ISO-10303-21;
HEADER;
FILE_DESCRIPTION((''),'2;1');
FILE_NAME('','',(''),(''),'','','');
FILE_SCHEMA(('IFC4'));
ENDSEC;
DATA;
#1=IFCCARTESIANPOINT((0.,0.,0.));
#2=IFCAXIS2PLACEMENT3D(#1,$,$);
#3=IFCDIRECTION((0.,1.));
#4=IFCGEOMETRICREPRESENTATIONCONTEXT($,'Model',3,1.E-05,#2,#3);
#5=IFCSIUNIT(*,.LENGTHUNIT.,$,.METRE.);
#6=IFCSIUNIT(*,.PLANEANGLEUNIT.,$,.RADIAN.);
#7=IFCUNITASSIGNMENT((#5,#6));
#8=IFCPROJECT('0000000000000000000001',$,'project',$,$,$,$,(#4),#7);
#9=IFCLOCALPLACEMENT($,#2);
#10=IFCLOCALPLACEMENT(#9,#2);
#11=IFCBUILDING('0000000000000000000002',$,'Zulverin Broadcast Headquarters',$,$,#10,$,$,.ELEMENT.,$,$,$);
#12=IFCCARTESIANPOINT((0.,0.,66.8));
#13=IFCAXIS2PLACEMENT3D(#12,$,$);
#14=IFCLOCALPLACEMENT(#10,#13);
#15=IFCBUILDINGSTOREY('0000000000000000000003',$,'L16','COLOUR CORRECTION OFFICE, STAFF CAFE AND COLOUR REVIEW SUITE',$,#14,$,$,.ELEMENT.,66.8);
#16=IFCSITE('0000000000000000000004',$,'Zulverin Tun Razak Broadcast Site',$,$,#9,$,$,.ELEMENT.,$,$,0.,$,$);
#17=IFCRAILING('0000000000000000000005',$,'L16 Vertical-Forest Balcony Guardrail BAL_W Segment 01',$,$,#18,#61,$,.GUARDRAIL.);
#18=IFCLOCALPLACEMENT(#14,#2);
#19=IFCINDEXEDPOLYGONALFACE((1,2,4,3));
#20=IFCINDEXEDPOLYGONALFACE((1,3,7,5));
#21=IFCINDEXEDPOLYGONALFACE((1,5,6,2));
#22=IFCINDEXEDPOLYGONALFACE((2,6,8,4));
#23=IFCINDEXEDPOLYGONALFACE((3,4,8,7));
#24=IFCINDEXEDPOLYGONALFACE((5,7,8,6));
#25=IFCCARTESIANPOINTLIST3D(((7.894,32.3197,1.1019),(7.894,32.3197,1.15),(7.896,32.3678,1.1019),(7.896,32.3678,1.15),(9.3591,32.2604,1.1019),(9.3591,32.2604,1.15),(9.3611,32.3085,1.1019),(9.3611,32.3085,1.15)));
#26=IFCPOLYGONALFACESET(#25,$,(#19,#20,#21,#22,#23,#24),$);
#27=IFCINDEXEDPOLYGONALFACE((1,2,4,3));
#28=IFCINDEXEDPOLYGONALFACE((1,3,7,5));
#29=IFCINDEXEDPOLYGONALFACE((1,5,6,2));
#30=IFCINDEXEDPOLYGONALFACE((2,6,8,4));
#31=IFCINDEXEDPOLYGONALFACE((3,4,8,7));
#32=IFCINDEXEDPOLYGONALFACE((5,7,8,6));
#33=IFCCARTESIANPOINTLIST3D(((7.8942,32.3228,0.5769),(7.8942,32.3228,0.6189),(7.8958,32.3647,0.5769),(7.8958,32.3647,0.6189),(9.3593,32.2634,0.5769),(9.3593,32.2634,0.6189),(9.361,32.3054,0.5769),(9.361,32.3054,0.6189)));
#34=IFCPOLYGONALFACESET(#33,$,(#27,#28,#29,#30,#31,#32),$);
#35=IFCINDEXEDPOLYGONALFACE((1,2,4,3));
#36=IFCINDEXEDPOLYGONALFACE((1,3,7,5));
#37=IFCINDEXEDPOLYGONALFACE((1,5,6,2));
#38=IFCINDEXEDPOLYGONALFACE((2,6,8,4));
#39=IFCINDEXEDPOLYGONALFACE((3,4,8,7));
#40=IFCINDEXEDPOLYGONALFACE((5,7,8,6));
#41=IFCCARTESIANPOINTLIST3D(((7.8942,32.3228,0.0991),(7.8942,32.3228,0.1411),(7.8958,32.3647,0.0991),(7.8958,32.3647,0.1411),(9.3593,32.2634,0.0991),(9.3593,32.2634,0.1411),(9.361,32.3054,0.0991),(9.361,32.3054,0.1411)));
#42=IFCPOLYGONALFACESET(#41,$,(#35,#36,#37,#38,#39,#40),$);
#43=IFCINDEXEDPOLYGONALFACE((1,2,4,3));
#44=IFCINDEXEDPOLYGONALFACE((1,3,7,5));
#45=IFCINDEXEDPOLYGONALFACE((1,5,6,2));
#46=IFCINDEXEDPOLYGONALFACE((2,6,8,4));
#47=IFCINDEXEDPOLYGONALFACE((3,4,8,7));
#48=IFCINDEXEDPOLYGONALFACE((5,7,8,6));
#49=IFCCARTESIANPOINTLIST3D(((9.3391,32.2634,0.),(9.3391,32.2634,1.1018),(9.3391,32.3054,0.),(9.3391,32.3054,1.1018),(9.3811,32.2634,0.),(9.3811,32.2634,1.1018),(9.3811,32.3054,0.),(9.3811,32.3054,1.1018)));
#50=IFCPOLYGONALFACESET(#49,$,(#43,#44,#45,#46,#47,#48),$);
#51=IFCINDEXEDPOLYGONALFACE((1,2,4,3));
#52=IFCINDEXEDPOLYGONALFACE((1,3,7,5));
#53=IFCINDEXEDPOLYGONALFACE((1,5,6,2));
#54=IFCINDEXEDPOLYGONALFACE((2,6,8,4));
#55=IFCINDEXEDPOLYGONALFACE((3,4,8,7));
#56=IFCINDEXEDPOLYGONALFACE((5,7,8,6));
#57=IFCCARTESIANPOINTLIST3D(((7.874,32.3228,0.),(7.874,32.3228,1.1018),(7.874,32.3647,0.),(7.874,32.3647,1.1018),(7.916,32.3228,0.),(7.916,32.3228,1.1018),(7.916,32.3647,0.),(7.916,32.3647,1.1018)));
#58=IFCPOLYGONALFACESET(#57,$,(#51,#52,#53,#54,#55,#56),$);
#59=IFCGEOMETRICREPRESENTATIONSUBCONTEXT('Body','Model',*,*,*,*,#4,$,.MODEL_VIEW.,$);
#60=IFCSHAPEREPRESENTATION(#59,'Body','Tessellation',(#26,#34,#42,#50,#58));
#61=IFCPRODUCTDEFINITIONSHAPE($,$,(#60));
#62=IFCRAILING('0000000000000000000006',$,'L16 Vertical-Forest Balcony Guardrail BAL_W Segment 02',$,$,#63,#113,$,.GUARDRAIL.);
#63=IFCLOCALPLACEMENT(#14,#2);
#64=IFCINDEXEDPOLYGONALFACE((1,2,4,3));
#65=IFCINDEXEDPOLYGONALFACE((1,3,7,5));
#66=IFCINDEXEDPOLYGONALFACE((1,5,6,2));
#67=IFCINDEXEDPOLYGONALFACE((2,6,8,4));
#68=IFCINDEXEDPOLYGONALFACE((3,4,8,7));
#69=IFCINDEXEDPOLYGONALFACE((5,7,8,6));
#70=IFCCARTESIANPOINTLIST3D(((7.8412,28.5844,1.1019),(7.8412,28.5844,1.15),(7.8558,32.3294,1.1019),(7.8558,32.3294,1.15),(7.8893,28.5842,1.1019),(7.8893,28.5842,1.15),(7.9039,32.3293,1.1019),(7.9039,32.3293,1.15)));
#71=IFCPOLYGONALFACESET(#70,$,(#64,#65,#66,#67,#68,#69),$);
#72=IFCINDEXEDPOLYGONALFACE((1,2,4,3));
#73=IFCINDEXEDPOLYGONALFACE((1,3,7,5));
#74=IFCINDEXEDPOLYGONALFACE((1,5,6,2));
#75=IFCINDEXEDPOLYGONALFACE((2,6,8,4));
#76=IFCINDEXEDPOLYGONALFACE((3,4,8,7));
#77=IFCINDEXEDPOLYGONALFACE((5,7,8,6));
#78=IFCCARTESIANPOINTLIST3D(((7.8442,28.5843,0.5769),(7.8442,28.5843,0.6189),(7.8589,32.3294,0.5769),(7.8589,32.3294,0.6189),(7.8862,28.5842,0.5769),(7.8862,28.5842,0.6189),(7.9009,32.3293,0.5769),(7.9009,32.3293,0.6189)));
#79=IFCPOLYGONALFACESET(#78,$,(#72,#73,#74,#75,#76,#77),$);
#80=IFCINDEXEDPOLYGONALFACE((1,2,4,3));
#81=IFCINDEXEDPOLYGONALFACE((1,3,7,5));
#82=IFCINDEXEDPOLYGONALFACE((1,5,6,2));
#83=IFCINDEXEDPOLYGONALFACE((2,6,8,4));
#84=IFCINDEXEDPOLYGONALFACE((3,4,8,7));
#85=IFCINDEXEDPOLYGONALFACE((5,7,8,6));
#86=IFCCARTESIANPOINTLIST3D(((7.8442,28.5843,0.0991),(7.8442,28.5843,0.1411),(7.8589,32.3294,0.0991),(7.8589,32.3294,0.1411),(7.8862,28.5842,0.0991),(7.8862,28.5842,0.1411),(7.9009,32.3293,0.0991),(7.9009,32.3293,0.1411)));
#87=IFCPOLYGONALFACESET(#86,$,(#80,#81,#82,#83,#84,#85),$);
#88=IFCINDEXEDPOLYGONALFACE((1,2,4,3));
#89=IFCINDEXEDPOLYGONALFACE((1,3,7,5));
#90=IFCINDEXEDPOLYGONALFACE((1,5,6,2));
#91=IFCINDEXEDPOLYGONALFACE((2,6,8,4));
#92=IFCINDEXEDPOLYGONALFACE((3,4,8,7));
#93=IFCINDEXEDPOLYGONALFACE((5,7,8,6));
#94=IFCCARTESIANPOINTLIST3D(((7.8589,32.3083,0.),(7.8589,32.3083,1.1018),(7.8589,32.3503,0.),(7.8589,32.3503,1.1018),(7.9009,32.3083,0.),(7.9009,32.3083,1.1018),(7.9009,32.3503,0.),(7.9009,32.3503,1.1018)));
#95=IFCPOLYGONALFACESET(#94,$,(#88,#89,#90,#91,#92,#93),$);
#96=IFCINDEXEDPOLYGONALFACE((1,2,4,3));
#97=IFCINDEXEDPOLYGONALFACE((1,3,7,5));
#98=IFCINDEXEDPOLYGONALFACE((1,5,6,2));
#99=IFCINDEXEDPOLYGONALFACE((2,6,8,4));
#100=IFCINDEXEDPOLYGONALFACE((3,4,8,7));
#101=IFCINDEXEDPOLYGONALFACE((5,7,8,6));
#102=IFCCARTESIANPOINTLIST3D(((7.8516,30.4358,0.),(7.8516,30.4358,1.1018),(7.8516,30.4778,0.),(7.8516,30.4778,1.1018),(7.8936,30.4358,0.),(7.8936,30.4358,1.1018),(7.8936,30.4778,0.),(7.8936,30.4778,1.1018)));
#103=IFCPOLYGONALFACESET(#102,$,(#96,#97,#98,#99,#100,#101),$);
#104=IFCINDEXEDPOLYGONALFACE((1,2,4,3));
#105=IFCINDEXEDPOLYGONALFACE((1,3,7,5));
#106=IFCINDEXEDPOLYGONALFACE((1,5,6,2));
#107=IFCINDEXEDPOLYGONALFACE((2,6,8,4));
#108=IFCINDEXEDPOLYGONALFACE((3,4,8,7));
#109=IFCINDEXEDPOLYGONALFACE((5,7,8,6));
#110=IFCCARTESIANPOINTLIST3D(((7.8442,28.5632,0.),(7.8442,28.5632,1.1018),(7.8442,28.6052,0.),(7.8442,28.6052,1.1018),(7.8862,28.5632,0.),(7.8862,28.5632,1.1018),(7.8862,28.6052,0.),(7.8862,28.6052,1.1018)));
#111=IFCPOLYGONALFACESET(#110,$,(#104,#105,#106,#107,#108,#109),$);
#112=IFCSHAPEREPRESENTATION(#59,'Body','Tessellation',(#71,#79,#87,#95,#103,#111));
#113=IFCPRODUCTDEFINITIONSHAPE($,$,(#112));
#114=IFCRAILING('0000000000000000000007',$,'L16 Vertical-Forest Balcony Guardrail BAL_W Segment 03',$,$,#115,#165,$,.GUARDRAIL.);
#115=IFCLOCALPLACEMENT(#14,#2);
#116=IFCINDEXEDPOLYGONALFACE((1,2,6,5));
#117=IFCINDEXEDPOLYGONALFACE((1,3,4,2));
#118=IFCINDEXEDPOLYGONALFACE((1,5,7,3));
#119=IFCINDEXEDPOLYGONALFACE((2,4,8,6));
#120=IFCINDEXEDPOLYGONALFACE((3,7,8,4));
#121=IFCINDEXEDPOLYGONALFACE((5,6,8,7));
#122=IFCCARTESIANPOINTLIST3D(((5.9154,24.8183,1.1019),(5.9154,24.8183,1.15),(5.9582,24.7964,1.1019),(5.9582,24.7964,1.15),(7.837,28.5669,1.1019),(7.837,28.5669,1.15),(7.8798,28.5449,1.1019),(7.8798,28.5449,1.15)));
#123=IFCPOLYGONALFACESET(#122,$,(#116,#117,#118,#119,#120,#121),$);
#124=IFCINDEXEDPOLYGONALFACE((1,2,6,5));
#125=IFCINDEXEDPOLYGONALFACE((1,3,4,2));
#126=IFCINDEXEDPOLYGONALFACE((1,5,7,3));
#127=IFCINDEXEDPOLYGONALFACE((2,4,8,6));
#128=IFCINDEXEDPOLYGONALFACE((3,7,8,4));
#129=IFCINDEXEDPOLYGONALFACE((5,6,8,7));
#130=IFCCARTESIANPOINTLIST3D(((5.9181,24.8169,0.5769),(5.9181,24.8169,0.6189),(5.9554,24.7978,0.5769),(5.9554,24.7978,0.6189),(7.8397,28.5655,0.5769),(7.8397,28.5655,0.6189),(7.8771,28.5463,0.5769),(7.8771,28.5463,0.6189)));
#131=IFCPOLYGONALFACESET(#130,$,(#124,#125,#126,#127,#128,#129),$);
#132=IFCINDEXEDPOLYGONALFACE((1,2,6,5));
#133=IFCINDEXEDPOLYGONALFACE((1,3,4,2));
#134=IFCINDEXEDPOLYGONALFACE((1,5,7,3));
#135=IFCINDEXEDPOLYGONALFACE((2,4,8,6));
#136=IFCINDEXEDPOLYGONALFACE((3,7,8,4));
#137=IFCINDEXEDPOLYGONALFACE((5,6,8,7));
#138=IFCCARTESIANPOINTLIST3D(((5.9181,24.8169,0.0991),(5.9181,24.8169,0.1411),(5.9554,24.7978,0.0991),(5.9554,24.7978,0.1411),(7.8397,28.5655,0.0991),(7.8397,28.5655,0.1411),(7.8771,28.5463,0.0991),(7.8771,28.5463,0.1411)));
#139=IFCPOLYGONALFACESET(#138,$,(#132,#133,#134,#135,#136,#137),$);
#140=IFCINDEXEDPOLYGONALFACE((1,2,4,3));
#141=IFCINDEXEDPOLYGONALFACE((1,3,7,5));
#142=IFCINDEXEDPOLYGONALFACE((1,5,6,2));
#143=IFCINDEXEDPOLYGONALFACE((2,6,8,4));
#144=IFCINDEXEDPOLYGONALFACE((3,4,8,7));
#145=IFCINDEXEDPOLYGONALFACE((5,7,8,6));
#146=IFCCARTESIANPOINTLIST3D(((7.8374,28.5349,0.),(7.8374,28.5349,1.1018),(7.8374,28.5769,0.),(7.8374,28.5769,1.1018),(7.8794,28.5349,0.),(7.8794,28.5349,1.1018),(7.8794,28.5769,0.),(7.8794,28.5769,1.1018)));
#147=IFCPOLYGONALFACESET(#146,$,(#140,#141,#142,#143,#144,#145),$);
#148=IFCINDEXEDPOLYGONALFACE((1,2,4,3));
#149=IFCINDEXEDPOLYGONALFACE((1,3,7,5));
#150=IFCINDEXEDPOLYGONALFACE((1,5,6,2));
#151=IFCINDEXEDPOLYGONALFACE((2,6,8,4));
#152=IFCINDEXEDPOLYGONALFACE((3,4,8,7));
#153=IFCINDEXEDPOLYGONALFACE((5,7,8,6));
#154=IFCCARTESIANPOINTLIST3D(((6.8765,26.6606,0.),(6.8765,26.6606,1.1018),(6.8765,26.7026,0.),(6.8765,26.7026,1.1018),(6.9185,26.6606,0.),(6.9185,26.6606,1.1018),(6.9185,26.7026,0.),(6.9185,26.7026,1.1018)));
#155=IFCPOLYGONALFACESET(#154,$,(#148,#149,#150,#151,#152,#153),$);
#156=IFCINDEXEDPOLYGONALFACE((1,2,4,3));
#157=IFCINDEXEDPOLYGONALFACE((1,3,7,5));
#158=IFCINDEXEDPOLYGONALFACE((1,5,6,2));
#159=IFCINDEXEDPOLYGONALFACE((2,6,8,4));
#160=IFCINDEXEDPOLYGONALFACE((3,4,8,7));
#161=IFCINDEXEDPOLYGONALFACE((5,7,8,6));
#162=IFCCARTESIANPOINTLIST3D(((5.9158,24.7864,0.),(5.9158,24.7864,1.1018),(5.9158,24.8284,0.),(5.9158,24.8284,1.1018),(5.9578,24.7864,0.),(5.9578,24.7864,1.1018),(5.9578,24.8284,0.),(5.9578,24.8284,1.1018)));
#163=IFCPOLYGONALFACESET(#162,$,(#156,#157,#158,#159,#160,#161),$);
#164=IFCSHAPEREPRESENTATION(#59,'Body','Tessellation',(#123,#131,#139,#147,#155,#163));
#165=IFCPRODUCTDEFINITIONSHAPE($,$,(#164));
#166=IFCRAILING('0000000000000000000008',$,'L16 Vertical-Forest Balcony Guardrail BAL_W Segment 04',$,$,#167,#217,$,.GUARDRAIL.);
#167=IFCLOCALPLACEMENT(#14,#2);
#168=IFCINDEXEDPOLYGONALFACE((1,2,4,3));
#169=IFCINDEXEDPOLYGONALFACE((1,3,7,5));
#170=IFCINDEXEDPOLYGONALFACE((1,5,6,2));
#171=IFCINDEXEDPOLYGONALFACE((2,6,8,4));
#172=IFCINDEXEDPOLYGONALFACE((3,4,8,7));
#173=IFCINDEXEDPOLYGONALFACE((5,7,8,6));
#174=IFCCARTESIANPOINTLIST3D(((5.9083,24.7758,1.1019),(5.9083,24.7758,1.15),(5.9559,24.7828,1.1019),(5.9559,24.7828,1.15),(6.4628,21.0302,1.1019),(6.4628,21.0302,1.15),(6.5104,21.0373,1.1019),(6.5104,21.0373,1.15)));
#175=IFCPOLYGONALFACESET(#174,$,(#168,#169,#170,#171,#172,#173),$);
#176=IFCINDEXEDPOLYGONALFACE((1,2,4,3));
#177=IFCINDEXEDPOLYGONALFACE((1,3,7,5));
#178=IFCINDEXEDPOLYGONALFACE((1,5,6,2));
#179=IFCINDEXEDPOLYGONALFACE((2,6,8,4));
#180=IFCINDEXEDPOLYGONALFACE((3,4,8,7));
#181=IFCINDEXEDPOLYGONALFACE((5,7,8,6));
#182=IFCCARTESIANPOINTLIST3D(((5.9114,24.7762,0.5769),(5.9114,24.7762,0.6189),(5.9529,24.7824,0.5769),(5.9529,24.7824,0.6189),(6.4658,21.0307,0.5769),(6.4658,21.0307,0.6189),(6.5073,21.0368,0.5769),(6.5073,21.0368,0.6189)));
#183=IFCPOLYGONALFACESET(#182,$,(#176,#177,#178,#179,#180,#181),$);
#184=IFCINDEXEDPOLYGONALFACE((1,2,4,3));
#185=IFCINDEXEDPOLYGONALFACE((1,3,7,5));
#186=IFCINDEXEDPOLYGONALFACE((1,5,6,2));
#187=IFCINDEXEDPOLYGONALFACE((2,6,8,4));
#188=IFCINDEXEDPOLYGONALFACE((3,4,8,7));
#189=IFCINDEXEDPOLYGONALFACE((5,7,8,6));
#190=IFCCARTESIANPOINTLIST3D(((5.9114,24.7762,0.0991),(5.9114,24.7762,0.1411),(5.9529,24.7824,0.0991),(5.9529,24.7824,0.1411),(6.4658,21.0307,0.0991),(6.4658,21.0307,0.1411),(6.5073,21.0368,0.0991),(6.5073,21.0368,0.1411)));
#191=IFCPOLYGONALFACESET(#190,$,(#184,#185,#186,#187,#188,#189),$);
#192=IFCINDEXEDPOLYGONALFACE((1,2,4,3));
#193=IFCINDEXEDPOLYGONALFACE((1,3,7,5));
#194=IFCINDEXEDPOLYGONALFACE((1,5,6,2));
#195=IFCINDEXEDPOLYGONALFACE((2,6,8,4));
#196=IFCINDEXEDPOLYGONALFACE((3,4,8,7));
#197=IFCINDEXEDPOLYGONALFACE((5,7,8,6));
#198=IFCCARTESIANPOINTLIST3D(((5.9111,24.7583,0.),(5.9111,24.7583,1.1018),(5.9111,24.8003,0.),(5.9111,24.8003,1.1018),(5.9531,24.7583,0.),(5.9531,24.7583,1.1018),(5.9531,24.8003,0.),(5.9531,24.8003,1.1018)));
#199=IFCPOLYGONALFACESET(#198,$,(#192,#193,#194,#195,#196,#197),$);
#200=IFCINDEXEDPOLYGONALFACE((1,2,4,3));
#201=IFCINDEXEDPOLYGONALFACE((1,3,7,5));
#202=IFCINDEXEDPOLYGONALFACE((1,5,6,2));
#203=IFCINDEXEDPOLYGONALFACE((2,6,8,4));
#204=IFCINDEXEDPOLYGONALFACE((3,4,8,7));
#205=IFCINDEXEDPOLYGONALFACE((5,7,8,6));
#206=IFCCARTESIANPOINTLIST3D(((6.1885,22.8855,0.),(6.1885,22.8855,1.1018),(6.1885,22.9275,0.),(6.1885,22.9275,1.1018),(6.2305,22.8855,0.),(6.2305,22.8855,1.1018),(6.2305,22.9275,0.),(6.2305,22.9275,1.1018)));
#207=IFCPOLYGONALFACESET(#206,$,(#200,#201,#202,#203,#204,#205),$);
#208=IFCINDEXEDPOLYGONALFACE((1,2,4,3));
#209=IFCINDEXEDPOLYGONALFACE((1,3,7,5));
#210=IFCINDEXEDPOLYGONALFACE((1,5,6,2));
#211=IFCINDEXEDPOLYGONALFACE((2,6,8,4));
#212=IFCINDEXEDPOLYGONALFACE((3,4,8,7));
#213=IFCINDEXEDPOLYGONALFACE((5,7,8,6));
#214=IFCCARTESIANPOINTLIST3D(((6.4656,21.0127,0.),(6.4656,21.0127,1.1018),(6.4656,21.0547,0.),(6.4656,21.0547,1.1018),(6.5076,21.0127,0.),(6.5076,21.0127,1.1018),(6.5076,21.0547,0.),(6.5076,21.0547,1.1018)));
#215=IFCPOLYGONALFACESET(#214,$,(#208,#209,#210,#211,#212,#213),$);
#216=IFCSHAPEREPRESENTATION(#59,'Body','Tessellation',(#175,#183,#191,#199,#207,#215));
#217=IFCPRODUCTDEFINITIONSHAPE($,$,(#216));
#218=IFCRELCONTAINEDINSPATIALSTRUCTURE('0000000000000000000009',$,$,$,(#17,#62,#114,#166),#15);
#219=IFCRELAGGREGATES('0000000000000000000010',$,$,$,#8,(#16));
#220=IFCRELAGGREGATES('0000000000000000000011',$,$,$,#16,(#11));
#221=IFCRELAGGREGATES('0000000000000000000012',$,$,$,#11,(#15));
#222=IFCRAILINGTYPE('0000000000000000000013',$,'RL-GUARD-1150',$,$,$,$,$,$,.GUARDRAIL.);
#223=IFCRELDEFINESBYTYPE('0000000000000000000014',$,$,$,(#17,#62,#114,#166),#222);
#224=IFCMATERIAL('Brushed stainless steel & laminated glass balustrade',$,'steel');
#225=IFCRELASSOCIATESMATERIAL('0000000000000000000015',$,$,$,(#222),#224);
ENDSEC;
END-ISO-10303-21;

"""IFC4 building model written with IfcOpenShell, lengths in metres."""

from ifc_helpers import new_model, si_unit, direction, frame, origin, origin_2d, place, context, subcontext, project, spatial, rectangle, extrude, material, type_object, element, save


model = new_model("IFC4")

# Units and contexts
model_context = context("Model", 3, precision=1e-05, world=origin(), true_north=direction((0.0, 1.0)))
body_context = subcontext(model_context, "Body", "Model", "MODEL_VIEW")
ifc_project = project(units=[si_unit("LENGTHUNIT", "METRE"), si_unit("PLANEANGLEUNIT", "RADIAN")], contexts=[model_context])

# Site, building, storey
site_placement = place(None, origin())
site = spatial("IfcSite", under=ifc_project, at=site_placement, Name="Zulverin Tun Razak Broadcast Site", CompositionType="ELEMENT", RefElevation=0.0)
building_placement = place(site_placement, origin())
building = spatial("IfcBuilding", under=site, at=building_placement, Name="Zulverin Broadcast Headquarters", CompositionType="ELEMENT")
storey_placement = place(building_placement, frame((0.0, 0.0, 66.8)))
storey = spatial("IfcBuildingStorey", under=building, at=storey_placement, Name="L16", Description="COLOUR CORRECTION OFFICE, STAFF CAFE AND COLOUR REVIEW SUITE", CompositionType="ELEMENT", Elevation=66.8)

# Railings
ifc_material_1 = material(Name="Brushed stainless steel & laminated glass balustrade", Category="steel")
railing_type = type_object("IfcRailingType", Name="RL-GUARD-1150", PredefinedType="GUARDRAIL", material=ifc_material_1)
railing_1_placement = place(storey_placement, frame((9.3601, 32.2844, 0.0)))
element("IfcRailing", 1, at=railing_1_placement, inside=storey, type_object=railing_type, Name="L16 Vertical-Forest Balcony Guardrail BAL_W Segment 01", PredefinedType="GUARDRAIL", context=body_context, shape_type="SweptSolid", body=[
    extrude(rectangle(XDim=0.0481, YDim=0.0481, at=origin_2d()), frame((0.0, 0.0, 1.126), z_axis=(-0.999181, 0.04046, 0.0), x_axis=(-0.04046, -0.999181, 0.0)), (0.0, 0.0, 1.0), 1.4663),
    extrude(rectangle(XDim=0.042, YDim=0.042, at=origin_2d()), frame((0.0, 0.0, 0.5979), z_axis=(-0.999181, 0.04046, 0.0), x_axis=(-0.04046, -0.999181, 0.0)), (0.0, 0.0, 1.0), 1.4663),
    extrude(rectangle(XDim=0.042, YDim=0.042, at=origin_2d()), frame((0.0, 0.0, 0.1201), z_axis=(-0.999181, 0.04046, 0.0), x_axis=(-0.04046, -0.999181, 0.0)), (0.0, 0.0, 1.0), 1.4663),
    extrude(rectangle(XDim=0.042, YDim=0.042, at=origin_2d()), origin(), (0.0, 0.0, 1.0), 1.1018),
    extrude(rectangle(XDim=0.042, YDim=0.042, at=origin_2d()), frame((-1.4651, 0.0593, 0.0)), (0.0, 0.0, 1.0), 1.1018),
])
railing_2_placement = place(storey_placement, frame((7.8799, 32.3293, 0.0)))
element("IfcRailing", 2, at=railing_2_placement, inside=storey, type_object=railing_type, Name="L16 Vertical-Forest Balcony Guardrail BAL_W Segment 02", PredefinedType="GUARDRAIL", context=body_context, shape_type="SweptSolid", body=[
    extrude(rectangle(XDim=0.0481, YDim=0.0481, at=origin_2d()), frame((0.0, 0.0, 1.126), z_axis=(-0.003911, -0.999992, 0.0), x_axis=(0.999992, -0.003911, 0.0)), (0.0, 0.0, 1.0), 3.7451),
    extrude(rectangle(XDim=0.042, YDim=0.042, at=origin_2d()), frame((0.0, 0.0, 0.5979), z_axis=(-0.003911, -0.999992, 0.0), x_axis=(0.999992, -0.003911, 0.0)), (0.0, 0.0, 1.0), 3.7451),
    extrude(rectangle(XDim=0.042, YDim=0.042, at=origin_2d()), frame((0.0, 0.0, 0.1201), z_axis=(-0.003911, -0.999992, 0.0), x_axis=(0.999992, -0.003911, 0.0)), (0.0, 0.0, 1.0), 3.7451),
    extrude(rectangle(XDim=0.042, YDim=0.042, at=origin_2d()), origin(), (0.0, 0.0, 1.0), 1.1018),
    extrude(rectangle(XDim=0.042, YDim=0.042, at=origin_2d()), frame((-0.0073, -1.8726, 0.0)), (0.0, 0.0, 1.0), 1.1018),
    extrude(rectangle(XDim=0.042, YDim=0.042, at=origin_2d()), frame((-0.0146, -3.7451, 0.0)), (0.0, 0.0, 1.0), 1.1018),
])
railing_3_placement = place(storey_placement, frame((7.8584, 28.5559, 0.0)))
element("IfcRailing", 3, at=railing_3_placement, inside=storey, type_object=railing_type, Name="L16 Vertical-Forest Balcony Guardrail BAL_W Segment 03", PredefinedType="GUARDRAIL", context=body_context, shape_type="SweptSolid", body=[
    extrude(rectangle(XDim=0.0481, YDim=0.0481, at=origin_2d()), frame((0.0, 0.0, 1.126), z_axis=(-0.456186, -0.889884, 0.0), x_axis=(0.889884, -0.456186, 0.0)), (0.0, 0.0, 1.0), 4.2124),
    extrude(rectangle(XDim=0.042, YDim=0.042, at=origin_2d()), frame((0.0, 0.0, 0.5979), z_axis=(-0.456186, -0.889884, 0.0), x_axis=(0.889884, -0.456186, 0.0)), (0.0, 0.0, 1.0), 4.2124),
    extrude(rectangle(XDim=0.042, YDim=0.042, at=origin_2d()), frame((0.0, 0.0, 0.1201), z_axis=(-0.456186, -0.889884, 0.0), x_axis=(0.889884, -0.456186, 0.0)), (0.0, 0.0, 1.0), 4.2124),
    extrude(rectangle(XDim=0.042, YDim=0.042, at=origin_2d()), origin(), (0.0, 0.0, 1.0), 1.1018),
    extrude(rectangle(XDim=0.042, YDim=0.042, at=origin_2d()), frame((-0.9609, -1.8743, 0.0)), (0.0, 0.0, 1.0), 1.1018),
    extrude(rectangle(XDim=0.042, YDim=0.042, at=origin_2d()), frame((-1.9216, -3.7485, 0.0)), (0.0, 0.0, 1.0), 1.1018),
])
railing_4_placement = place(storey_placement, frame((5.9321, 24.7793, 0.0)))
element("IfcRailing", 4, at=railing_4_placement, inside=storey, type_object=railing_type, Name="L16 Vertical-Forest Balcony Guardrail BAL_W Segment 04", PredefinedType="GUARDRAIL", context=body_context, shape_type="SweptSolid", body=[
    extrude(rectangle(XDim=0.0481, YDim=0.0481, at=origin_2d()), frame((0.0, 0.0, 1.126), z_axis=(0.146429, -0.989221, 0.0), x_axis=(0.989221, 0.146429, 0.0)), (0.0, 0.0, 1.0), 3.7864),
    extrude(rectangle(XDim=0.042, YDim=0.042, at=origin_2d()), frame((0.0, 0.0, 0.5979), z_axis=(0.146429, -0.989221, 0.0), x_axis=(0.989221, 0.146429, 0.0)), (0.0, 0.0, 1.0), 3.7864),
    extrude(rectangle(XDim=0.042, YDim=0.042, at=origin_2d()), frame((0.0, 0.0, 0.1201), z_axis=(0.146429, -0.989221, 0.0), x_axis=(0.989221, 0.146429, 0.0)), (0.0, 0.0, 1.0), 3.7864),
    extrude(rectangle(XDim=0.042, YDim=0.042, at=origin_2d()), origin(), (0.0, 0.0, 1.0), 1.1018),
    extrude(rectangle(XDim=0.042, YDim=0.042, at=origin_2d()), frame((0.2773, -1.8728, 0.0)), (0.0, 0.0, 1.0), 1.1018),
    extrude(rectangle(XDim=0.042, YDim=0.042, at=origin_2d()), frame((0.5544, -3.7456, 0.0)), (0.0, 0.0, 1.0), 1.1018),
])

save(model, "model.ifc")
